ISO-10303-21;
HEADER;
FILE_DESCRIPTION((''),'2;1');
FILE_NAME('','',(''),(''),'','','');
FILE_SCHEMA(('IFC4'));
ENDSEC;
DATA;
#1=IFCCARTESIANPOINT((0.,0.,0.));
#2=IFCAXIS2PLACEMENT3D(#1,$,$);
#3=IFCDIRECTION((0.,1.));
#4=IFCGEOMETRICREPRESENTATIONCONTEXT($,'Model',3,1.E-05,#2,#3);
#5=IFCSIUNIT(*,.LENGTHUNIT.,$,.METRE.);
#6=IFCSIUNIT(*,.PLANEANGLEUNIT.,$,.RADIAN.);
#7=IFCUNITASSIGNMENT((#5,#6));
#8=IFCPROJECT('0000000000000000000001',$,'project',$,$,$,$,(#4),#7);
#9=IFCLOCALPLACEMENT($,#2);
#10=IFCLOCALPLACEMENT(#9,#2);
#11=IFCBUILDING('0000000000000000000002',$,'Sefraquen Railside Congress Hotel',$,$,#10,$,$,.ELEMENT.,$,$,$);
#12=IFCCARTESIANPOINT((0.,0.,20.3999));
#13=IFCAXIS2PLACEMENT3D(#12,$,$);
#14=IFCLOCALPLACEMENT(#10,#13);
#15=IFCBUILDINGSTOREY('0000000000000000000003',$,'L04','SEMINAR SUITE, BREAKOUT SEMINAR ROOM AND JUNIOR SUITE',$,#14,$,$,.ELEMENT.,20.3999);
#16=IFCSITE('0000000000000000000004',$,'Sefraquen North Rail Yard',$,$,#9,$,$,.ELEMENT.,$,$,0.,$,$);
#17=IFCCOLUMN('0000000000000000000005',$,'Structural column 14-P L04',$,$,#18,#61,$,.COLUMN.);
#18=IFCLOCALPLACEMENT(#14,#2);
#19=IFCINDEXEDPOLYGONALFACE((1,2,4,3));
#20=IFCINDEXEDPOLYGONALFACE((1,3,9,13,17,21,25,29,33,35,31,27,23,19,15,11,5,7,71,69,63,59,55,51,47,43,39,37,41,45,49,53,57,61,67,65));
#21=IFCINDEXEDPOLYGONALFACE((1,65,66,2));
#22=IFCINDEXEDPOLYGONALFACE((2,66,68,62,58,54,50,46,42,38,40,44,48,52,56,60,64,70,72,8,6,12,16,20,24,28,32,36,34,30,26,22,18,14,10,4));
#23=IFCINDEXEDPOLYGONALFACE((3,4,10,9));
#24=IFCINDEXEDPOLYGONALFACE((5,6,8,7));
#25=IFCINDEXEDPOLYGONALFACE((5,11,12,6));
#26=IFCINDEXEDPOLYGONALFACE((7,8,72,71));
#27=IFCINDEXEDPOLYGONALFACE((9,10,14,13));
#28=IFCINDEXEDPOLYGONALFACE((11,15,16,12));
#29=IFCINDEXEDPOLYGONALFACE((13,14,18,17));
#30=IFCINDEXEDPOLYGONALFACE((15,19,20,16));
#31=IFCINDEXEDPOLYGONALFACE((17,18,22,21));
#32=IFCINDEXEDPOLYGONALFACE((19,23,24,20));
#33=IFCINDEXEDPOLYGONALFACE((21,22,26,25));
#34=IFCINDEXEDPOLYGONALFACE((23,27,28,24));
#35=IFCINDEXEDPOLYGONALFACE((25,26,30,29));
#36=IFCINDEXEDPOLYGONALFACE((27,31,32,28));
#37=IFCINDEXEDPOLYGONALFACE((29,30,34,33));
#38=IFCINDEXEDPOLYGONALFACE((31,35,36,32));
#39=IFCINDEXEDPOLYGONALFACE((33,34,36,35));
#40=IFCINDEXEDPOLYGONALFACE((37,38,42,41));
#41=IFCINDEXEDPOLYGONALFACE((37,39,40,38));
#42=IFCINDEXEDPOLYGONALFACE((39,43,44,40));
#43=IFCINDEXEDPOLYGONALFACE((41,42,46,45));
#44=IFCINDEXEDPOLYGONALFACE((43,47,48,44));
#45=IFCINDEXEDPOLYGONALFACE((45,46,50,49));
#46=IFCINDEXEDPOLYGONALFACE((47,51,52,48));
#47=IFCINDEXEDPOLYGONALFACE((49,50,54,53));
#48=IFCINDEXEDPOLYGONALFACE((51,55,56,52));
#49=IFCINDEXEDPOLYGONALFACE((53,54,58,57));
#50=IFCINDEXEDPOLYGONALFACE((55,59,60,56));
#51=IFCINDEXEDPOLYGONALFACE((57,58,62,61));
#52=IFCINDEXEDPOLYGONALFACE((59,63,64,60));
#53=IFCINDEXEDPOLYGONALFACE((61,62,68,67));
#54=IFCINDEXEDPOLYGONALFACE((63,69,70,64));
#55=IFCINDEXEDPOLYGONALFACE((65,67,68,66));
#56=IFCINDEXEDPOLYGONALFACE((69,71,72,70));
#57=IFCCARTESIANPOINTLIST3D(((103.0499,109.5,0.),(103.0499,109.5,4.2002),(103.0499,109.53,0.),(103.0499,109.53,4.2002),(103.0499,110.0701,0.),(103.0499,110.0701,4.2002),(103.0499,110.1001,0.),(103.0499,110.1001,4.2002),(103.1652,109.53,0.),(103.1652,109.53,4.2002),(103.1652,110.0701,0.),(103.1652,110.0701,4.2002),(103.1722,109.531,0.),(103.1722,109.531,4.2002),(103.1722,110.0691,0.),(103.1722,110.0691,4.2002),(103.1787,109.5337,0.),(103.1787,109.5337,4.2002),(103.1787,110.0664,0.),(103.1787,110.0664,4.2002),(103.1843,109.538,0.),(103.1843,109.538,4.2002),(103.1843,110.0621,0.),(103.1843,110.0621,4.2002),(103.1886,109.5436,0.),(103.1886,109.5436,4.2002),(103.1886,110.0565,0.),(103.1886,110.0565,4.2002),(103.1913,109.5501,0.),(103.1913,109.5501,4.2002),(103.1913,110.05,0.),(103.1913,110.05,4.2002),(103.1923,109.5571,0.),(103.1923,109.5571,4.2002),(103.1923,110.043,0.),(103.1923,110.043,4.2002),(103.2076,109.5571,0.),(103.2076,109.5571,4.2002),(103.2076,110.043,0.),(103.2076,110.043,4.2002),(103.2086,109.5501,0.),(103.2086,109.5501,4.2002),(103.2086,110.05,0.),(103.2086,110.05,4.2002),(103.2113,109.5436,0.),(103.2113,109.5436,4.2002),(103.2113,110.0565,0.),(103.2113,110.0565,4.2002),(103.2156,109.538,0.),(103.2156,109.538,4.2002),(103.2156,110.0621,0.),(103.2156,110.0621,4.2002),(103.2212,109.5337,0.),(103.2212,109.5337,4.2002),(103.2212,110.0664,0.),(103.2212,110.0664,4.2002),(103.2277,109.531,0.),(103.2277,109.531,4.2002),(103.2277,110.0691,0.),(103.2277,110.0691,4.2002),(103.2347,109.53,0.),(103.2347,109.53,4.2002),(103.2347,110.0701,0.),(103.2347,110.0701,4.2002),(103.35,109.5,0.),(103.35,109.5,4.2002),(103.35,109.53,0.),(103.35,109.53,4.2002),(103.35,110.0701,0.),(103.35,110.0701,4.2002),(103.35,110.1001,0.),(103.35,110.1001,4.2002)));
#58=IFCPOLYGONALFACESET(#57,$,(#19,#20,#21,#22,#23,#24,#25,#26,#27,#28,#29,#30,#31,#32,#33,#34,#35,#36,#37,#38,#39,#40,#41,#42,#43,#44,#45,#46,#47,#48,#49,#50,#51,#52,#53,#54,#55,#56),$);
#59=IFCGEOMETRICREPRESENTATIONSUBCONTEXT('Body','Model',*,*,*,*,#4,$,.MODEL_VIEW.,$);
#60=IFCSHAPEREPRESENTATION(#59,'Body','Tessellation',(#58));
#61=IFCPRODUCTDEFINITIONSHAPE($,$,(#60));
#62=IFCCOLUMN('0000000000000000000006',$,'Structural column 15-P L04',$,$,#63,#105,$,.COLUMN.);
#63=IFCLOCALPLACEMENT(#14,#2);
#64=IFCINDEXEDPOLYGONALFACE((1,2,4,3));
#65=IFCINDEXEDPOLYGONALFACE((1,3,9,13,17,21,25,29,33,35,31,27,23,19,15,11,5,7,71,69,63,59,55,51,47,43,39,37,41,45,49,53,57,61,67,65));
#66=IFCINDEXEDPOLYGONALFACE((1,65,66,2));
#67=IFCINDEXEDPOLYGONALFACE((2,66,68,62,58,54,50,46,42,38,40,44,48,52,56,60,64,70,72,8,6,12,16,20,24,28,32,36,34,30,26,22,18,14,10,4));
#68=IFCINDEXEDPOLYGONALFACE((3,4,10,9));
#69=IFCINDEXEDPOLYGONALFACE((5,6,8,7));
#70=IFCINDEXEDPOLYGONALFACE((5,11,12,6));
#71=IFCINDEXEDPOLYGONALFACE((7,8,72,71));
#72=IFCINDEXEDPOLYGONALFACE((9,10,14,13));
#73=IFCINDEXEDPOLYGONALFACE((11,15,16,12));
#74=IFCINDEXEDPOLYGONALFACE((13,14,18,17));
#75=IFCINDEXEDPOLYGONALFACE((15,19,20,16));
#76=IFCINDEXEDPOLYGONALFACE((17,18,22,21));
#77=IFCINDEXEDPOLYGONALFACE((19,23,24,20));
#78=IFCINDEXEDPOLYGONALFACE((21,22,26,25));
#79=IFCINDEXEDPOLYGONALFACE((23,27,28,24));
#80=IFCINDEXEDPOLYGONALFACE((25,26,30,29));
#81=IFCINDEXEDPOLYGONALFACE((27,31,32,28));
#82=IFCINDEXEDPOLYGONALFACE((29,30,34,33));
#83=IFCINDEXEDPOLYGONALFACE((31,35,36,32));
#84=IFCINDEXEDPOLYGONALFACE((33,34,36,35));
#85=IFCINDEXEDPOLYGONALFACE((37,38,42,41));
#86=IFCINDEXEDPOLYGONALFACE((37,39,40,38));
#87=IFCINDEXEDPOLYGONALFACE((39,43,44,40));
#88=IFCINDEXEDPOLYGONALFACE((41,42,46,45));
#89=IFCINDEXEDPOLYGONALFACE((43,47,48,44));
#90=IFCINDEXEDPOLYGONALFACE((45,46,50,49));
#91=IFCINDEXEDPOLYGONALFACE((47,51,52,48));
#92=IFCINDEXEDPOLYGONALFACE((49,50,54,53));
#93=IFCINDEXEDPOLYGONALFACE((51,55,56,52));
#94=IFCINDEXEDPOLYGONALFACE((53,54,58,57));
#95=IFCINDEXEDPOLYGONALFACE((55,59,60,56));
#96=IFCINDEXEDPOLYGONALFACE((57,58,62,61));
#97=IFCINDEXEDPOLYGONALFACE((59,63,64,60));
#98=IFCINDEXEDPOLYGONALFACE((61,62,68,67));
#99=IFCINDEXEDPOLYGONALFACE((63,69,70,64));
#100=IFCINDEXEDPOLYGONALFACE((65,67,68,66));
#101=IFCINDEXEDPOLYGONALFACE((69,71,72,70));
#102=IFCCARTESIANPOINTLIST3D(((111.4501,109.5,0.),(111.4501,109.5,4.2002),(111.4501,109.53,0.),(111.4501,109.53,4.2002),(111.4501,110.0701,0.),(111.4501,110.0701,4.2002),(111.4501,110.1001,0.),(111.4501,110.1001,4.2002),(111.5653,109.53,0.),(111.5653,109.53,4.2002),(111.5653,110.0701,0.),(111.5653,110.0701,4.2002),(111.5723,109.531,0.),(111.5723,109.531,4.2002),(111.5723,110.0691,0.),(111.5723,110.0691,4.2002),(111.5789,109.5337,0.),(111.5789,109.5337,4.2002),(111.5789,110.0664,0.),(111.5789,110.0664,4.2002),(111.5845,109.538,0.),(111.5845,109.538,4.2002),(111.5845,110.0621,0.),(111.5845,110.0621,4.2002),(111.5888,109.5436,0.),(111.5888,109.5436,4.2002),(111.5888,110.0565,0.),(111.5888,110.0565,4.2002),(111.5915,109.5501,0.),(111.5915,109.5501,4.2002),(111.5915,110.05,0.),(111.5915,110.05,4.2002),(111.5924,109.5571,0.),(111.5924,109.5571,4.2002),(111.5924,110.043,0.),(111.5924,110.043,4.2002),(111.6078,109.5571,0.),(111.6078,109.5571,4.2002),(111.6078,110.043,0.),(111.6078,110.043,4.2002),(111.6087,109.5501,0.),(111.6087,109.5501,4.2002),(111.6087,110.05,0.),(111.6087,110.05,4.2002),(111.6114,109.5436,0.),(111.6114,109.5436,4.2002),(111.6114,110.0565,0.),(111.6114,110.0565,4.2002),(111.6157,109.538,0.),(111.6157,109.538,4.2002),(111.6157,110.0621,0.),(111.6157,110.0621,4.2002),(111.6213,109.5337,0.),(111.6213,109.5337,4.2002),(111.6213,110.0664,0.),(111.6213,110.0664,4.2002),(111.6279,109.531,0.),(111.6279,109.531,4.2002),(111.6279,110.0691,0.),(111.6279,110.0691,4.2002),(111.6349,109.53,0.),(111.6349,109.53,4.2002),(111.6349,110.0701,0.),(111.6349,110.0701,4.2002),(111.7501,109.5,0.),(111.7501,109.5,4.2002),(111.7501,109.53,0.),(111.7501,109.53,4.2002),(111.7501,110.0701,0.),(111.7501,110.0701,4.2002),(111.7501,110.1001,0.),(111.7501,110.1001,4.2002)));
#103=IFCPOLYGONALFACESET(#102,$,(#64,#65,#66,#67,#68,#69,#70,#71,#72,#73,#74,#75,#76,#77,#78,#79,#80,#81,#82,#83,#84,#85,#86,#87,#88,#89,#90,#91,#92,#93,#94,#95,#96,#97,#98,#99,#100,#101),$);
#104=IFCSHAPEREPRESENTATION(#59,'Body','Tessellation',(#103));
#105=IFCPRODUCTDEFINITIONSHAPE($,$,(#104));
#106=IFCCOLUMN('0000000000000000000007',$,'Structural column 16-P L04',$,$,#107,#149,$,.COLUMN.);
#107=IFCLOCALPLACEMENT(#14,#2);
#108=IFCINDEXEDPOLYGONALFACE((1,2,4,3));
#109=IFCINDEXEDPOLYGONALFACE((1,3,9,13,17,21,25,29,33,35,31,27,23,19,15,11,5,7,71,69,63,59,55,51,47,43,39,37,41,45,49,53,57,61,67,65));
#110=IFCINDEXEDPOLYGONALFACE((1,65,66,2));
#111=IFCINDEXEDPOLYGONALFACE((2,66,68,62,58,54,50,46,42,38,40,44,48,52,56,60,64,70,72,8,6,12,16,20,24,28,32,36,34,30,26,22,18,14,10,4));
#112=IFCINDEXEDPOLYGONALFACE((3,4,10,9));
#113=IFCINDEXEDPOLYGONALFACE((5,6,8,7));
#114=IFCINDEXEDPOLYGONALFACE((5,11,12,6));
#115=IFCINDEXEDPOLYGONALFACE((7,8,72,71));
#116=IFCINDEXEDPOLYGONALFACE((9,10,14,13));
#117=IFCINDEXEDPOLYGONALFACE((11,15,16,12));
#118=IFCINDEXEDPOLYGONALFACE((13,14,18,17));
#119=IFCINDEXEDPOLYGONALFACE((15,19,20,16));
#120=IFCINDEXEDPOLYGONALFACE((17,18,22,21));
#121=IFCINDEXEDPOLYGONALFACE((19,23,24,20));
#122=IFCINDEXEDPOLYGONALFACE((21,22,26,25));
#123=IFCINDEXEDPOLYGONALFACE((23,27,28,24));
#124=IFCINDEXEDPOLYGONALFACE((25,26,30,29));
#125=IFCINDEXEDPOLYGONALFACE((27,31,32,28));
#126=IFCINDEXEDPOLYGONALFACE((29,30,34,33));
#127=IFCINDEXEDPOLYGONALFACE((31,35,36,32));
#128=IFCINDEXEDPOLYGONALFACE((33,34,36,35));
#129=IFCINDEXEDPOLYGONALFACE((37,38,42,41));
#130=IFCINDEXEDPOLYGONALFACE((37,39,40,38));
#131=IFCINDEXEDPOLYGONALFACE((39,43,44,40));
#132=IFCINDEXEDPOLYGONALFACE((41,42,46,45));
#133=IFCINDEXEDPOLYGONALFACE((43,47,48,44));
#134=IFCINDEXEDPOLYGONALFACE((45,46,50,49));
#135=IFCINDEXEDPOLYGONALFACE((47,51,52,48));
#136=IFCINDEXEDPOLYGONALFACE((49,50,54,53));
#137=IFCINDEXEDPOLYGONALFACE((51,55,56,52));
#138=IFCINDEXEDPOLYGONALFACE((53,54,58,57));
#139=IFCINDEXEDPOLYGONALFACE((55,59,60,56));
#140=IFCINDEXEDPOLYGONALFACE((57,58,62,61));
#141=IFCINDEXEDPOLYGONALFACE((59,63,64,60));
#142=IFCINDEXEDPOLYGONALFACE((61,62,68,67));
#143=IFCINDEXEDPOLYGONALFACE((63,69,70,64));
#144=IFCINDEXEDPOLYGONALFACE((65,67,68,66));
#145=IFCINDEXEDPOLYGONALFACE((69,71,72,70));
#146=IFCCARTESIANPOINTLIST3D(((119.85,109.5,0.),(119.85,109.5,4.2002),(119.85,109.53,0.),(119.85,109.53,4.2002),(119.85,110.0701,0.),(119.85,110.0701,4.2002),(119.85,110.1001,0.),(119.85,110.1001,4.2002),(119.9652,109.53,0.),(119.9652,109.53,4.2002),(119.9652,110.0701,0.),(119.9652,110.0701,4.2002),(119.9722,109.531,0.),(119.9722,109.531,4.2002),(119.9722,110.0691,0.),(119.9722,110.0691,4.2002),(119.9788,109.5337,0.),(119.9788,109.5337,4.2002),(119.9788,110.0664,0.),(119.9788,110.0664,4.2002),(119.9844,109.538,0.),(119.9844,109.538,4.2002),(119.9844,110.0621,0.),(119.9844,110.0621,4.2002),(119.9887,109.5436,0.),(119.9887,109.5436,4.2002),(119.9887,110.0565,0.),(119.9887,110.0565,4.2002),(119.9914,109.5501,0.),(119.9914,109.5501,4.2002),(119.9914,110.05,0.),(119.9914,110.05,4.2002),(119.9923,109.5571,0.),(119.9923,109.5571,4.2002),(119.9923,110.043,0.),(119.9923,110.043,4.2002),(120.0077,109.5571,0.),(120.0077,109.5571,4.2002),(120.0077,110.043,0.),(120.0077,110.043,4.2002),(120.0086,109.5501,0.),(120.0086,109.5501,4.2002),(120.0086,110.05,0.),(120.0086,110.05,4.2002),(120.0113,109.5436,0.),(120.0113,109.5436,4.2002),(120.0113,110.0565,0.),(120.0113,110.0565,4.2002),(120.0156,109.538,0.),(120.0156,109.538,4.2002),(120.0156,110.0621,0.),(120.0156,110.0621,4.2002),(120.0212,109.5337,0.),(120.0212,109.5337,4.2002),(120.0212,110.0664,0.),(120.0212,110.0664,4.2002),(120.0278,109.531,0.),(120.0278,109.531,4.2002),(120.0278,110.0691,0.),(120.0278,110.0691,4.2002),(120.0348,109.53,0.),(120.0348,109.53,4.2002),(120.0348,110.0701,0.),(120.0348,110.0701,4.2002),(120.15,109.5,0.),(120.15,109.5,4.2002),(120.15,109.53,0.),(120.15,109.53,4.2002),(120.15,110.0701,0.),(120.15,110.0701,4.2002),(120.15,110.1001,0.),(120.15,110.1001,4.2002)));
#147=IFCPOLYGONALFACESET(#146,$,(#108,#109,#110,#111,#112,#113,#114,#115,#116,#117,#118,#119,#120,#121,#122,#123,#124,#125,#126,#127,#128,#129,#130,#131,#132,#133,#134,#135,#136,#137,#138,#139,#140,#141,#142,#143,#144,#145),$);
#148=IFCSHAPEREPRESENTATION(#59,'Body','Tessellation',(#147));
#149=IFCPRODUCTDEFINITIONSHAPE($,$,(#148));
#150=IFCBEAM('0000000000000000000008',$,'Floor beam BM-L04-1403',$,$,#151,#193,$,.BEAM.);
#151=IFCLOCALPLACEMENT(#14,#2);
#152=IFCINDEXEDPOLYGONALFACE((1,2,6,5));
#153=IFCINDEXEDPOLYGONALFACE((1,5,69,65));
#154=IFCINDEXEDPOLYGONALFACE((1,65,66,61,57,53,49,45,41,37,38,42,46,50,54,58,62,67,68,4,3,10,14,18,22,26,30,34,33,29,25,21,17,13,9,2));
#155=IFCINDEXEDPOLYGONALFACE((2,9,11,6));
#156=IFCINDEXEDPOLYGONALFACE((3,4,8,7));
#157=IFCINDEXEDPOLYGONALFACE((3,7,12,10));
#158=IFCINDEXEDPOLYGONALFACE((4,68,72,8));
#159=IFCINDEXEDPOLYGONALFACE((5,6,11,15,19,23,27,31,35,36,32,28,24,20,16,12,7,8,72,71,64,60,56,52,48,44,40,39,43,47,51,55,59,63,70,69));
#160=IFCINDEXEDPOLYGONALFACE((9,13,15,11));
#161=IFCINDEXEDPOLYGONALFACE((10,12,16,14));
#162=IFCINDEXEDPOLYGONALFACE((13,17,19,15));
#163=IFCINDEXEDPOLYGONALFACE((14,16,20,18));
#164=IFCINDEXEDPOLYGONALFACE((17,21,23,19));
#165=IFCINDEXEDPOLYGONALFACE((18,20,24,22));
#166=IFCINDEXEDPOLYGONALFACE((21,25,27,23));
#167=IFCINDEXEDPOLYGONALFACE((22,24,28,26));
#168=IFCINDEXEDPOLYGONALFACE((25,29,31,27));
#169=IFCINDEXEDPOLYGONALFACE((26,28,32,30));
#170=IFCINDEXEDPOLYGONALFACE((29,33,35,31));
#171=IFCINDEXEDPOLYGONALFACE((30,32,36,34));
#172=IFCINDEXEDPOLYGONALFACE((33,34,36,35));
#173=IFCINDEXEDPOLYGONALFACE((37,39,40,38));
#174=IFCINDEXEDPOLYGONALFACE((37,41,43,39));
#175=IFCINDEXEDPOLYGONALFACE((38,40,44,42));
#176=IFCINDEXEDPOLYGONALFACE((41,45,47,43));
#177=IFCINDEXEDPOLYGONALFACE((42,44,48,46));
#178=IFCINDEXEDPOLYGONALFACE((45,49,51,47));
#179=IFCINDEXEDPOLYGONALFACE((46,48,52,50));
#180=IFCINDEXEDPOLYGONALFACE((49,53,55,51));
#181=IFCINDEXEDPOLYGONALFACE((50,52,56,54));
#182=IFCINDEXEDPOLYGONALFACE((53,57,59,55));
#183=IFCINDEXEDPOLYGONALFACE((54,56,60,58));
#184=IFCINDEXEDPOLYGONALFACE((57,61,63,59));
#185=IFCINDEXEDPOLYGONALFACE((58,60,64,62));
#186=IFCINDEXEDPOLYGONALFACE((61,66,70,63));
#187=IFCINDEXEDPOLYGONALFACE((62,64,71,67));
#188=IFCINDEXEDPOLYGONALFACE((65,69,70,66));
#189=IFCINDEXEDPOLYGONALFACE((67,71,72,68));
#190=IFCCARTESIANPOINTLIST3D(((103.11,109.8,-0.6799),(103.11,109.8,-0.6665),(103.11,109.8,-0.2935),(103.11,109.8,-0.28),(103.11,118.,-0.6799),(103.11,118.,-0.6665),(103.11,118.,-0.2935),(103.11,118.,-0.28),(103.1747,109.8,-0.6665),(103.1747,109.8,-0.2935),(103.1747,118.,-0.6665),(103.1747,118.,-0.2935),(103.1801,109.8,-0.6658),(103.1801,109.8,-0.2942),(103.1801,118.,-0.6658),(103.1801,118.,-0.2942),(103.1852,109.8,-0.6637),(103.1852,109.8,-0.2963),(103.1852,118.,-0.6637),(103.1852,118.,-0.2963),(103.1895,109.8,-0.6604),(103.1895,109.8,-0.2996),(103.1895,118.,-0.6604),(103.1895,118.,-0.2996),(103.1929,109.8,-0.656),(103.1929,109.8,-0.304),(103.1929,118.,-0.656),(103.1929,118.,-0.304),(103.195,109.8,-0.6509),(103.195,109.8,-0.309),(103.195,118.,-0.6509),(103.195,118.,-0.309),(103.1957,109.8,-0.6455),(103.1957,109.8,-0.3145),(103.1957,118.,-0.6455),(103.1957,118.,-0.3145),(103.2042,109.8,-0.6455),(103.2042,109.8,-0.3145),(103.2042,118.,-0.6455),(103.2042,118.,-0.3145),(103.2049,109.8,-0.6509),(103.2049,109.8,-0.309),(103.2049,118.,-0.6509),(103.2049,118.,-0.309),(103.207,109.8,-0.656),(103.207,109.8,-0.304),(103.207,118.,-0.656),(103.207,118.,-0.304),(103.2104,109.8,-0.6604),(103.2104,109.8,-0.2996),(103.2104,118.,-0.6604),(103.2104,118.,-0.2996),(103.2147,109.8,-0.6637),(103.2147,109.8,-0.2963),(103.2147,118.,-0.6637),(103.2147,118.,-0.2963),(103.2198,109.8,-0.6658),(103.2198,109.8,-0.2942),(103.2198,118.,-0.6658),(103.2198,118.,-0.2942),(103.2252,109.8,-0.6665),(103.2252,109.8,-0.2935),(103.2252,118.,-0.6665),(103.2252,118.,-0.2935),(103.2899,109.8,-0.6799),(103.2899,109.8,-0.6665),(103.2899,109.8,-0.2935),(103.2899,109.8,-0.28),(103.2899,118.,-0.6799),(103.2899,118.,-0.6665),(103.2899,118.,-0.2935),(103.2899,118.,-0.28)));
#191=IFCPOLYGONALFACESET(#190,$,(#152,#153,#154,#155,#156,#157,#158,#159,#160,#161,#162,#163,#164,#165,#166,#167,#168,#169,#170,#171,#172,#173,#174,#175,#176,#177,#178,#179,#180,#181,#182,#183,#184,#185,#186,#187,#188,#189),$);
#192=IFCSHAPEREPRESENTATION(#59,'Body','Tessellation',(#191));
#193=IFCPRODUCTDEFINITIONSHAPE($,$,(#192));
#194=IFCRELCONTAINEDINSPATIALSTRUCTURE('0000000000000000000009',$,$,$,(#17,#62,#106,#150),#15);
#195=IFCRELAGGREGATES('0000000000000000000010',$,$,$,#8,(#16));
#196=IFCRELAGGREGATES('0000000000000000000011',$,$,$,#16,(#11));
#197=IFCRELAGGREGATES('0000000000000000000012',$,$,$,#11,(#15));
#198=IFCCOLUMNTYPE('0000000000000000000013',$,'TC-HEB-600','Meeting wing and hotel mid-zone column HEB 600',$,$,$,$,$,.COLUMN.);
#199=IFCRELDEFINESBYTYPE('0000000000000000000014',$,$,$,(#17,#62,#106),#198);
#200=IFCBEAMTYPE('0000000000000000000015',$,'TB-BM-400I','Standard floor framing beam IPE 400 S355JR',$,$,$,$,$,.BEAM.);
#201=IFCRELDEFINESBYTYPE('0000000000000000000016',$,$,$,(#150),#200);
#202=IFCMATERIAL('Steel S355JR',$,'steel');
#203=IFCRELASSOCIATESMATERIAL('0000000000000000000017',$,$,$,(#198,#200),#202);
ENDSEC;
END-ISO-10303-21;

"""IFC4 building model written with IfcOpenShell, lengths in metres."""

from ifc_helpers import new_model, si_unit, direction, frame, origin, origin_2d, place, context, subcontext, project, spatial, i_section, extrude, material, material_profile, profile_set, type_object, element, save


model = new_model("IFC4")

# Units and contexts
model_context = context("Model", 3, precision=1e-05, world=origin(), true_north=direction((0.0, 1.0)))
body_context = subcontext(model_context, "Body", "Model", "MODEL_VIEW")
ifc_project = project(units=[si_unit("LENGTHUNIT", "METRE"), si_unit("PLANEANGLEUNIT", "RADIAN")], contexts=[model_context])

# Site, building, storey
site_placement = place(None, origin())
site = spatial("IfcSite", under=ifc_project, at=site_placement, Name="Sefraquen North Rail Yard", CompositionType="ELEMENT", RefElevation=0.0)
building_placement = place(site_placement, origin())
building = spatial("IfcBuilding", under=site, at=building_placement, Name="Sefraquen Railside Congress Hotel", CompositionType="ELEMENT")
storey_placement = place(building_placement, frame((0.0, 0.0, 20.3999)))
storey = spatial("IfcBuildingStorey", under=building, at=storey_placement, Name="L04", Description="SEMINAR SUITE, BREAKOUT SEMINAR ROOM AND JUNIOR SUITE", CompositionType="ELEMENT", Elevation=20.3999)

# Columns
ifc_material_1 = material(Name="Steel S355JR", Category="steel")
ifc_material_profile_1 = material_profile(ifc_material_1, i_section(OverallWidth=0.3, OverallDepth=0.6001, WebThickness=0.0154, FlangeThickness=0.03, FilletRadius=0.0271, at=origin_2d()), Name="HEB 600")
ifc_profile_set_1 = profile_set([ifc_material_profile_1], Name="Steel S355JR")
column_type_1 = type_object("IfcColumnType", Name="TC-HEB-600", Description="Meeting wing and hotel mid-zone column HEB 600", PredefinedType="COLUMN", material=ifc_profile_set_1)
for number, where, z_axis, x_axis, name in (
    (1, (103.2, 109.8, 0.0), (0.0, 0.0, 1.0), (1.0, 0.0, 0.0), "Structural column 14-P L04"),
    (2, (111.6001, 109.8, 0.0), (0.0, 0.0, 1.0), (1.0, 0.0, 0.0), "Structural column 15-P L04"),
    (3, (120.0, 109.8, 0.0), (0.0, 0.0, 1.0), (1.0, 0.0, 0.0), "Structural column 16-P L04"),
):
    element("IfcColumn", number, at=place(storey_placement, frame(where, z_axis=z_axis, x_axis=x_axis)), inside=storey, type_object=column_type_1, Name=name, PredefinedType="COLUMN", context=body_context, shape_type="SweptSolid", body=[
        extrude(i_section(OverallWidth=0.3, OverallDepth=0.6001, WebThickness=0.0154, FlangeThickness=0.03, FilletRadius=0.0271, at=origin_2d()), origin(), (0.0, 0.0, 1.0), 4.2002),
    ])

# Beam
ifc_material_profile_2 = material_profile(ifc_material_1, i_section(OverallWidth=0.1799, OverallDepth=0.3999, WebThickness=0.0085, FlangeThickness=0.0134, FilletRadius=0.021, at=origin_2d()), Name="IPE 400")
ifc_profile_set_2 = profile_set([ifc_material_profile_2], Name="Steel S355JR")
beam_type_1 = type_object("IfcBeamType", Name="TB-BM-400I", Description="Standard floor framing beam IPE 400 S355JR", PredefinedType="BEAM", material=ifc_profile_set_2)
for number, where, z_axis, x_axis, name in (
    (4, (103.2, 109.8, -0.48), (0.0, 1.0, 0.0), (-1.0, 0.0, 0.0), "Floor beam BM-L04-1403"),
):
    element("IfcBeam", number, at=place(storey_placement, frame(where, z_axis=z_axis, x_axis=x_axis)), inside=storey, type_object=beam_type_1, Name=name, PredefinedType="BEAM", context=body_context, shape_type="SweptSolid", body=[
        extrude(i_section(OverallWidth=0.1799, OverallDepth=0.3999, WebThickness=0.0085, FlangeThickness=0.0134, FilletRadius=0.021, at=origin_2d()), origin(), (0.0, 0.0, 1.0), 8.2),
    ])

save(model, "model.ifc")
